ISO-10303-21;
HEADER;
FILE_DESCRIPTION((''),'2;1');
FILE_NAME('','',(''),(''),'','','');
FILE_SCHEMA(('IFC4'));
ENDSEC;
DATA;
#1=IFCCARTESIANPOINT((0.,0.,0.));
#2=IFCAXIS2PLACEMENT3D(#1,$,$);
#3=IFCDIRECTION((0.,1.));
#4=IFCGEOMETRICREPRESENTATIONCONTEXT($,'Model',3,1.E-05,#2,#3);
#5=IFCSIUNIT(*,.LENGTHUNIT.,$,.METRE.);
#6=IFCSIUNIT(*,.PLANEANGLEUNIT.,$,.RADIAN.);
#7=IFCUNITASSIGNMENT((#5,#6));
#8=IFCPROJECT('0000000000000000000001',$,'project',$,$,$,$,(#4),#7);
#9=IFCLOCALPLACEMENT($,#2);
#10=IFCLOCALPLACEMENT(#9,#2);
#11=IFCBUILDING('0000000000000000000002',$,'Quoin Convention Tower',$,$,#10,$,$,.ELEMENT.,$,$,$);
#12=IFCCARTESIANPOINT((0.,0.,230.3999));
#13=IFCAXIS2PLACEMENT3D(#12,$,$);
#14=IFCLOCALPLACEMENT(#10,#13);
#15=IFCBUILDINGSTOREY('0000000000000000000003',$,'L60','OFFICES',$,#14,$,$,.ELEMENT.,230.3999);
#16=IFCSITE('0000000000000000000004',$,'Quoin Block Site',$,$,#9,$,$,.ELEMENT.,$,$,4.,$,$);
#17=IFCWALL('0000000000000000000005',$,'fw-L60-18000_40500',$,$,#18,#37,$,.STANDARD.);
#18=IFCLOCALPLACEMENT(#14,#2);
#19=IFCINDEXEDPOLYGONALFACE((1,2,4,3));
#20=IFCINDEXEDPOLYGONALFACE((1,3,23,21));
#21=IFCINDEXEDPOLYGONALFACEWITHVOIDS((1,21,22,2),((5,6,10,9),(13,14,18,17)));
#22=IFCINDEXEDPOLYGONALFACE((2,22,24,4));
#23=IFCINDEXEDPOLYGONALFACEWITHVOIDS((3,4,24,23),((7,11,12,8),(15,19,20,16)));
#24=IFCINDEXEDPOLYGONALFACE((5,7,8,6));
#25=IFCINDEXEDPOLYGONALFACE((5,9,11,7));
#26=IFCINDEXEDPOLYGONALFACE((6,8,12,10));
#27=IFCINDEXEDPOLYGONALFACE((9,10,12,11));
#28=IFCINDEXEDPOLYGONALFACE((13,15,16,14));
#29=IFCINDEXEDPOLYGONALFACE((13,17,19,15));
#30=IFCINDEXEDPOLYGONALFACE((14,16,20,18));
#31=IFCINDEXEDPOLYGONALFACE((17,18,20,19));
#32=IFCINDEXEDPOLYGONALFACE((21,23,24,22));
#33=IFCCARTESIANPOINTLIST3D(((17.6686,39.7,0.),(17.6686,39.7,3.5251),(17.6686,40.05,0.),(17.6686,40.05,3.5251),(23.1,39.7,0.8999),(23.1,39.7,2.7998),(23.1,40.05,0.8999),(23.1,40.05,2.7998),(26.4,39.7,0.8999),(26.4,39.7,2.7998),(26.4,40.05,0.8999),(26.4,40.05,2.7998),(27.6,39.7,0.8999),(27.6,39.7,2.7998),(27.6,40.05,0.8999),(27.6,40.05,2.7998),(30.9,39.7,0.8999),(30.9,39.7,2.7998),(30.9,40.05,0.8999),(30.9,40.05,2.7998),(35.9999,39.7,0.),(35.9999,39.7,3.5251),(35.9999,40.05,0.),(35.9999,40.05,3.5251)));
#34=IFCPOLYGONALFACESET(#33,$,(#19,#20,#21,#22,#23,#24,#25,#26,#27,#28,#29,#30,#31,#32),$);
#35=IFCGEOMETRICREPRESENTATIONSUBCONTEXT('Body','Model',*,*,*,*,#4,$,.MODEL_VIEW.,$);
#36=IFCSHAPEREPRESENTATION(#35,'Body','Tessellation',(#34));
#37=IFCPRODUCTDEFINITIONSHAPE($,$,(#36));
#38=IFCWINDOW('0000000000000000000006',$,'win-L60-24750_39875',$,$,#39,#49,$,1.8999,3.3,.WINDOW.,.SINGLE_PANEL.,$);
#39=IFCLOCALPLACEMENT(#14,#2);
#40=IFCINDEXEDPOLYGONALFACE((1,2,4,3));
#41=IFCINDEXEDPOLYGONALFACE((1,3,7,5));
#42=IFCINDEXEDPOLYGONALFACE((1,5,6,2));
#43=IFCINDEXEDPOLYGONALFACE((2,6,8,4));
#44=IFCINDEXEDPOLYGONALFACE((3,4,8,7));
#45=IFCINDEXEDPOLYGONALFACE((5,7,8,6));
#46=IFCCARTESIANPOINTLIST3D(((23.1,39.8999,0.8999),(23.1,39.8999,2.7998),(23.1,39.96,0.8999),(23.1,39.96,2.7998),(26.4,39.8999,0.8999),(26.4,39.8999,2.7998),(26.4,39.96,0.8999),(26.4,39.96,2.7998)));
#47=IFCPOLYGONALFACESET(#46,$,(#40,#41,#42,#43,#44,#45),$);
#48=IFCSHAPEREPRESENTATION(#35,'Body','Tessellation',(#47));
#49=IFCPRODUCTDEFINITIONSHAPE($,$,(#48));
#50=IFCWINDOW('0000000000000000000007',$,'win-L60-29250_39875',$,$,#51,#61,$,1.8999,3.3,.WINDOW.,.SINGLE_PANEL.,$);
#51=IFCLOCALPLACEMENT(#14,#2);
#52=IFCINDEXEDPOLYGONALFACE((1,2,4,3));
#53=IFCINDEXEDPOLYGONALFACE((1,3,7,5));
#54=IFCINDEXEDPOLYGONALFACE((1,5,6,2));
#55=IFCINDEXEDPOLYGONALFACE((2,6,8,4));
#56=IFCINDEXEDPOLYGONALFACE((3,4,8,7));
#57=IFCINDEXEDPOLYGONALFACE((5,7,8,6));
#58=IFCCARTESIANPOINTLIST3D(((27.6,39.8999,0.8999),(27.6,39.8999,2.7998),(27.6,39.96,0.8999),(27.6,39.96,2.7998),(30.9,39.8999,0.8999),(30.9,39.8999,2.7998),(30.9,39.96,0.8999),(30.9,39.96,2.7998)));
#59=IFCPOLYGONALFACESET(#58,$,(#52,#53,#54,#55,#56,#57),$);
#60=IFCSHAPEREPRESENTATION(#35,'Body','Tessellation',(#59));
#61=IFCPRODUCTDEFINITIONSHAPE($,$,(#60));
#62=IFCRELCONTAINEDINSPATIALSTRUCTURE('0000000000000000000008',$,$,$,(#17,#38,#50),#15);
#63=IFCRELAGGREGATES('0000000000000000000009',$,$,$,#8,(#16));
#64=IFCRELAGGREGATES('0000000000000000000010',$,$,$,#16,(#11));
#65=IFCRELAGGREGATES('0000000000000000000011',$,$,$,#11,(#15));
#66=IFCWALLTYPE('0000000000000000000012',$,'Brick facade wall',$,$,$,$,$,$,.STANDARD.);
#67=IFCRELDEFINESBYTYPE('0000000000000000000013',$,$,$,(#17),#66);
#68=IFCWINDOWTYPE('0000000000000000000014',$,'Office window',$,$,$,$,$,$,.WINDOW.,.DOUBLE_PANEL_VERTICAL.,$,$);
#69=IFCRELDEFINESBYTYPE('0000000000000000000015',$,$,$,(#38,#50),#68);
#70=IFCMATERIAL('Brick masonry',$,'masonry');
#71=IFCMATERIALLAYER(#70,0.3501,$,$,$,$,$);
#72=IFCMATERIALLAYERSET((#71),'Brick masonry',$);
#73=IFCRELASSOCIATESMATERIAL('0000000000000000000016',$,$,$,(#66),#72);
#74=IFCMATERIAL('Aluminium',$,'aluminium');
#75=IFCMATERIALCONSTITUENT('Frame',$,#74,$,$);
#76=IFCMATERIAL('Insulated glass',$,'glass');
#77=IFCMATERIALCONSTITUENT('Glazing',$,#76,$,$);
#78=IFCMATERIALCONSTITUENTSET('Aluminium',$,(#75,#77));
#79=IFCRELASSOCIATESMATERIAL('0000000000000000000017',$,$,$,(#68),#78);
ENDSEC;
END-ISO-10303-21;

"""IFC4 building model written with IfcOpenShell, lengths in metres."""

from ifc_helpers import new_model, si_unit, direction, frame, frame_2d, origin, place, context, subcontext, project, spatial, rectangle, extrude, material, layer, layer_set, constituent, constituent_set, type_object, element, fill, save


model = new_model("IFC4")

# Units and contexts
model_context = context("Model", 3, precision=1e-05, world=origin(), true_north=direction((0.0, 1.0)))
body_context = subcontext(model_context, "Body", "Model", "MODEL_VIEW")
ifc_project = project(units=[si_unit("LENGTHUNIT", "METRE"), si_unit("PLANEANGLEUNIT", "RADIAN")], contexts=[model_context])

# Site, building, storey
site_placement = place(None, origin())
site = spatial("IfcSite", under=ifc_project, at=site_placement, Name="Quoin Block Site", CompositionType="ELEMENT", RefElevation=4.0)
building_placement = place(site_placement, origin())
building = spatial("IfcBuilding", under=site, at=building_placement, Name="Quoin Convention Tower", CompositionType="ELEMENT")
storey_placement = place(building_placement, frame((0.0, 0.0, 230.3999)))
storey = spatial("IfcBuildingStorey", under=building, at=storey_placement, Name="L60", Description="OFFICES", CompositionType="ELEMENT", Elevation=230.3999)

# Wall, openings, windows
ifc_material_1 = material(Name="Brick masonry", Category="masonry")
ifc_layer_1 = layer(ifc_material_1, 0.3501)
ifc_layer_set_1 = layer_set([ifc_layer_1], Name="Brick masonry")
wall_type = type_object("IfcWallType", Name="Brick facade wall", PredefinedType="STANDARD", material=ifc_layer_set_1)
ifc_material_2 = material(Name="Aluminium", Category="aluminium")
ifc_constituent_1 = constituent(ifc_material_2, Name="Frame")
ifc_material_3 = material(Name="Insulated glass", Category="glass")
ifc_constituent_2 = constituent(ifc_material_3, Name="Glazing")
ifc_constituent_set = constituent_set(constituents=[ifc_constituent_1, ifc_constituent_2], Name="Aluminium")
window_type = type_object("IfcWindowType", Name="Office window", PartitioningType="DOUBLE_PANEL_VERTICAL", PredefinedType="WINDOW", material=ifc_constituent_set)
wall_1_placement = place(storey_placement, frame((17.6687, 39.875, 0.0), z_axis=(0.0, 0.0, 1.0), x_axis=(1.0, 0.0, 0.0)))
wall_1 = element("IfcWall", 1, at=wall_1_placement, inside=storey, type_object=wall_type, Name="fw-L60-18000_40500", PredefinedType="STANDARD", context=body_context, shape_type="SweptSolid", body=[
    extrude(rectangle(XDim=18.3313, YDim=0.3501, at=frame_2d((9.1655, 0.0))), origin(), (0.0, 0.0, 1.0), 3.5251),
])
opening_1_placement = place(wall_1_placement, frame((5.4314, 0.0, 0.8999)))
opening_1 = element("IfcOpeningElement", 2, at=opening_1_placement, cuts=wall_1, PredefinedType="OPENING", context=body_context, shape_type="SweptSolid", body=[
    extrude(rectangle(XDim=3.3, YDim=1.8999, at=frame_2d((1.6499, 0.95))), frame((0.0, 0.1851, 0.0), z_axis=(0.0, -1.0, 0.0), x_axis=(1.0, 0.0, 0.0)), (0.0, 0.0, 1.0), 0.3701),
])
opening_2_placement = place(wall_1_placement, frame((9.9314, 0.0, 0.8999)))
opening_2 = element("IfcOpeningElement", 3, at=opening_2_placement, cuts=wall_1, PredefinedType="OPENING", context=body_context, shape_type="SweptSolid", body=[
    extrude(rectangle(XDim=3.3, YDim=1.8999, at=frame_2d((1.6499, 0.95))), frame((0.0, 0.1851, 0.0), z_axis=(0.0, -1.0, 0.0), x_axis=(1.0, 0.0, 0.0)), (0.0, 0.0, 1.0), 0.3701),
])
window_1_placement = place(opening_1_placement, origin())
window_1 = element("IfcWindow", 4, at=window_1_placement, inside=storey, type_object=window_type, Name="win-L60-24750_39875", OverallHeight=1.8999, OverallWidth=3.3, PartitioningType="SINGLE_PANEL", PredefinedType="WINDOW", context=body_context, shape_type="SweptSolid", body=[
    extrude(rectangle(XDim=3.3, YDim=1.8999, at=frame_2d((1.6499, 0.95))), frame((0.0, 0.085, 0.0), z_axis=(0.0, -1.0, 0.0), x_axis=(1.0, 0.0, 0.0)), (0.0, 0.0, 1.0), 0.0601),
])
fill(opening_1, window_1)
window_2_placement = place(opening_2_placement, origin())
window_2 = element("IfcWindow", 5, at=window_2_placement, inside=storey, type_object=window_type, Name="win-L60-29250_39875", OverallHeight=1.8999, OverallWidth=3.3, PartitioningType="SINGLE_PANEL", PredefinedType="WINDOW", context=body_context, shape_type="SweptSolid", body=[
    extrude(rectangle(XDim=3.3, YDim=1.8999, at=frame_2d((1.6499, 0.95))), frame((0.0, 0.085, 0.0), z_axis=(0.0, -1.0, 0.0), x_axis=(1.0, 0.0, 0.0)), (0.0, 0.0, 1.0), 0.0601),
])
fill(opening_2, window_2)

save(model, "model.ifc")
